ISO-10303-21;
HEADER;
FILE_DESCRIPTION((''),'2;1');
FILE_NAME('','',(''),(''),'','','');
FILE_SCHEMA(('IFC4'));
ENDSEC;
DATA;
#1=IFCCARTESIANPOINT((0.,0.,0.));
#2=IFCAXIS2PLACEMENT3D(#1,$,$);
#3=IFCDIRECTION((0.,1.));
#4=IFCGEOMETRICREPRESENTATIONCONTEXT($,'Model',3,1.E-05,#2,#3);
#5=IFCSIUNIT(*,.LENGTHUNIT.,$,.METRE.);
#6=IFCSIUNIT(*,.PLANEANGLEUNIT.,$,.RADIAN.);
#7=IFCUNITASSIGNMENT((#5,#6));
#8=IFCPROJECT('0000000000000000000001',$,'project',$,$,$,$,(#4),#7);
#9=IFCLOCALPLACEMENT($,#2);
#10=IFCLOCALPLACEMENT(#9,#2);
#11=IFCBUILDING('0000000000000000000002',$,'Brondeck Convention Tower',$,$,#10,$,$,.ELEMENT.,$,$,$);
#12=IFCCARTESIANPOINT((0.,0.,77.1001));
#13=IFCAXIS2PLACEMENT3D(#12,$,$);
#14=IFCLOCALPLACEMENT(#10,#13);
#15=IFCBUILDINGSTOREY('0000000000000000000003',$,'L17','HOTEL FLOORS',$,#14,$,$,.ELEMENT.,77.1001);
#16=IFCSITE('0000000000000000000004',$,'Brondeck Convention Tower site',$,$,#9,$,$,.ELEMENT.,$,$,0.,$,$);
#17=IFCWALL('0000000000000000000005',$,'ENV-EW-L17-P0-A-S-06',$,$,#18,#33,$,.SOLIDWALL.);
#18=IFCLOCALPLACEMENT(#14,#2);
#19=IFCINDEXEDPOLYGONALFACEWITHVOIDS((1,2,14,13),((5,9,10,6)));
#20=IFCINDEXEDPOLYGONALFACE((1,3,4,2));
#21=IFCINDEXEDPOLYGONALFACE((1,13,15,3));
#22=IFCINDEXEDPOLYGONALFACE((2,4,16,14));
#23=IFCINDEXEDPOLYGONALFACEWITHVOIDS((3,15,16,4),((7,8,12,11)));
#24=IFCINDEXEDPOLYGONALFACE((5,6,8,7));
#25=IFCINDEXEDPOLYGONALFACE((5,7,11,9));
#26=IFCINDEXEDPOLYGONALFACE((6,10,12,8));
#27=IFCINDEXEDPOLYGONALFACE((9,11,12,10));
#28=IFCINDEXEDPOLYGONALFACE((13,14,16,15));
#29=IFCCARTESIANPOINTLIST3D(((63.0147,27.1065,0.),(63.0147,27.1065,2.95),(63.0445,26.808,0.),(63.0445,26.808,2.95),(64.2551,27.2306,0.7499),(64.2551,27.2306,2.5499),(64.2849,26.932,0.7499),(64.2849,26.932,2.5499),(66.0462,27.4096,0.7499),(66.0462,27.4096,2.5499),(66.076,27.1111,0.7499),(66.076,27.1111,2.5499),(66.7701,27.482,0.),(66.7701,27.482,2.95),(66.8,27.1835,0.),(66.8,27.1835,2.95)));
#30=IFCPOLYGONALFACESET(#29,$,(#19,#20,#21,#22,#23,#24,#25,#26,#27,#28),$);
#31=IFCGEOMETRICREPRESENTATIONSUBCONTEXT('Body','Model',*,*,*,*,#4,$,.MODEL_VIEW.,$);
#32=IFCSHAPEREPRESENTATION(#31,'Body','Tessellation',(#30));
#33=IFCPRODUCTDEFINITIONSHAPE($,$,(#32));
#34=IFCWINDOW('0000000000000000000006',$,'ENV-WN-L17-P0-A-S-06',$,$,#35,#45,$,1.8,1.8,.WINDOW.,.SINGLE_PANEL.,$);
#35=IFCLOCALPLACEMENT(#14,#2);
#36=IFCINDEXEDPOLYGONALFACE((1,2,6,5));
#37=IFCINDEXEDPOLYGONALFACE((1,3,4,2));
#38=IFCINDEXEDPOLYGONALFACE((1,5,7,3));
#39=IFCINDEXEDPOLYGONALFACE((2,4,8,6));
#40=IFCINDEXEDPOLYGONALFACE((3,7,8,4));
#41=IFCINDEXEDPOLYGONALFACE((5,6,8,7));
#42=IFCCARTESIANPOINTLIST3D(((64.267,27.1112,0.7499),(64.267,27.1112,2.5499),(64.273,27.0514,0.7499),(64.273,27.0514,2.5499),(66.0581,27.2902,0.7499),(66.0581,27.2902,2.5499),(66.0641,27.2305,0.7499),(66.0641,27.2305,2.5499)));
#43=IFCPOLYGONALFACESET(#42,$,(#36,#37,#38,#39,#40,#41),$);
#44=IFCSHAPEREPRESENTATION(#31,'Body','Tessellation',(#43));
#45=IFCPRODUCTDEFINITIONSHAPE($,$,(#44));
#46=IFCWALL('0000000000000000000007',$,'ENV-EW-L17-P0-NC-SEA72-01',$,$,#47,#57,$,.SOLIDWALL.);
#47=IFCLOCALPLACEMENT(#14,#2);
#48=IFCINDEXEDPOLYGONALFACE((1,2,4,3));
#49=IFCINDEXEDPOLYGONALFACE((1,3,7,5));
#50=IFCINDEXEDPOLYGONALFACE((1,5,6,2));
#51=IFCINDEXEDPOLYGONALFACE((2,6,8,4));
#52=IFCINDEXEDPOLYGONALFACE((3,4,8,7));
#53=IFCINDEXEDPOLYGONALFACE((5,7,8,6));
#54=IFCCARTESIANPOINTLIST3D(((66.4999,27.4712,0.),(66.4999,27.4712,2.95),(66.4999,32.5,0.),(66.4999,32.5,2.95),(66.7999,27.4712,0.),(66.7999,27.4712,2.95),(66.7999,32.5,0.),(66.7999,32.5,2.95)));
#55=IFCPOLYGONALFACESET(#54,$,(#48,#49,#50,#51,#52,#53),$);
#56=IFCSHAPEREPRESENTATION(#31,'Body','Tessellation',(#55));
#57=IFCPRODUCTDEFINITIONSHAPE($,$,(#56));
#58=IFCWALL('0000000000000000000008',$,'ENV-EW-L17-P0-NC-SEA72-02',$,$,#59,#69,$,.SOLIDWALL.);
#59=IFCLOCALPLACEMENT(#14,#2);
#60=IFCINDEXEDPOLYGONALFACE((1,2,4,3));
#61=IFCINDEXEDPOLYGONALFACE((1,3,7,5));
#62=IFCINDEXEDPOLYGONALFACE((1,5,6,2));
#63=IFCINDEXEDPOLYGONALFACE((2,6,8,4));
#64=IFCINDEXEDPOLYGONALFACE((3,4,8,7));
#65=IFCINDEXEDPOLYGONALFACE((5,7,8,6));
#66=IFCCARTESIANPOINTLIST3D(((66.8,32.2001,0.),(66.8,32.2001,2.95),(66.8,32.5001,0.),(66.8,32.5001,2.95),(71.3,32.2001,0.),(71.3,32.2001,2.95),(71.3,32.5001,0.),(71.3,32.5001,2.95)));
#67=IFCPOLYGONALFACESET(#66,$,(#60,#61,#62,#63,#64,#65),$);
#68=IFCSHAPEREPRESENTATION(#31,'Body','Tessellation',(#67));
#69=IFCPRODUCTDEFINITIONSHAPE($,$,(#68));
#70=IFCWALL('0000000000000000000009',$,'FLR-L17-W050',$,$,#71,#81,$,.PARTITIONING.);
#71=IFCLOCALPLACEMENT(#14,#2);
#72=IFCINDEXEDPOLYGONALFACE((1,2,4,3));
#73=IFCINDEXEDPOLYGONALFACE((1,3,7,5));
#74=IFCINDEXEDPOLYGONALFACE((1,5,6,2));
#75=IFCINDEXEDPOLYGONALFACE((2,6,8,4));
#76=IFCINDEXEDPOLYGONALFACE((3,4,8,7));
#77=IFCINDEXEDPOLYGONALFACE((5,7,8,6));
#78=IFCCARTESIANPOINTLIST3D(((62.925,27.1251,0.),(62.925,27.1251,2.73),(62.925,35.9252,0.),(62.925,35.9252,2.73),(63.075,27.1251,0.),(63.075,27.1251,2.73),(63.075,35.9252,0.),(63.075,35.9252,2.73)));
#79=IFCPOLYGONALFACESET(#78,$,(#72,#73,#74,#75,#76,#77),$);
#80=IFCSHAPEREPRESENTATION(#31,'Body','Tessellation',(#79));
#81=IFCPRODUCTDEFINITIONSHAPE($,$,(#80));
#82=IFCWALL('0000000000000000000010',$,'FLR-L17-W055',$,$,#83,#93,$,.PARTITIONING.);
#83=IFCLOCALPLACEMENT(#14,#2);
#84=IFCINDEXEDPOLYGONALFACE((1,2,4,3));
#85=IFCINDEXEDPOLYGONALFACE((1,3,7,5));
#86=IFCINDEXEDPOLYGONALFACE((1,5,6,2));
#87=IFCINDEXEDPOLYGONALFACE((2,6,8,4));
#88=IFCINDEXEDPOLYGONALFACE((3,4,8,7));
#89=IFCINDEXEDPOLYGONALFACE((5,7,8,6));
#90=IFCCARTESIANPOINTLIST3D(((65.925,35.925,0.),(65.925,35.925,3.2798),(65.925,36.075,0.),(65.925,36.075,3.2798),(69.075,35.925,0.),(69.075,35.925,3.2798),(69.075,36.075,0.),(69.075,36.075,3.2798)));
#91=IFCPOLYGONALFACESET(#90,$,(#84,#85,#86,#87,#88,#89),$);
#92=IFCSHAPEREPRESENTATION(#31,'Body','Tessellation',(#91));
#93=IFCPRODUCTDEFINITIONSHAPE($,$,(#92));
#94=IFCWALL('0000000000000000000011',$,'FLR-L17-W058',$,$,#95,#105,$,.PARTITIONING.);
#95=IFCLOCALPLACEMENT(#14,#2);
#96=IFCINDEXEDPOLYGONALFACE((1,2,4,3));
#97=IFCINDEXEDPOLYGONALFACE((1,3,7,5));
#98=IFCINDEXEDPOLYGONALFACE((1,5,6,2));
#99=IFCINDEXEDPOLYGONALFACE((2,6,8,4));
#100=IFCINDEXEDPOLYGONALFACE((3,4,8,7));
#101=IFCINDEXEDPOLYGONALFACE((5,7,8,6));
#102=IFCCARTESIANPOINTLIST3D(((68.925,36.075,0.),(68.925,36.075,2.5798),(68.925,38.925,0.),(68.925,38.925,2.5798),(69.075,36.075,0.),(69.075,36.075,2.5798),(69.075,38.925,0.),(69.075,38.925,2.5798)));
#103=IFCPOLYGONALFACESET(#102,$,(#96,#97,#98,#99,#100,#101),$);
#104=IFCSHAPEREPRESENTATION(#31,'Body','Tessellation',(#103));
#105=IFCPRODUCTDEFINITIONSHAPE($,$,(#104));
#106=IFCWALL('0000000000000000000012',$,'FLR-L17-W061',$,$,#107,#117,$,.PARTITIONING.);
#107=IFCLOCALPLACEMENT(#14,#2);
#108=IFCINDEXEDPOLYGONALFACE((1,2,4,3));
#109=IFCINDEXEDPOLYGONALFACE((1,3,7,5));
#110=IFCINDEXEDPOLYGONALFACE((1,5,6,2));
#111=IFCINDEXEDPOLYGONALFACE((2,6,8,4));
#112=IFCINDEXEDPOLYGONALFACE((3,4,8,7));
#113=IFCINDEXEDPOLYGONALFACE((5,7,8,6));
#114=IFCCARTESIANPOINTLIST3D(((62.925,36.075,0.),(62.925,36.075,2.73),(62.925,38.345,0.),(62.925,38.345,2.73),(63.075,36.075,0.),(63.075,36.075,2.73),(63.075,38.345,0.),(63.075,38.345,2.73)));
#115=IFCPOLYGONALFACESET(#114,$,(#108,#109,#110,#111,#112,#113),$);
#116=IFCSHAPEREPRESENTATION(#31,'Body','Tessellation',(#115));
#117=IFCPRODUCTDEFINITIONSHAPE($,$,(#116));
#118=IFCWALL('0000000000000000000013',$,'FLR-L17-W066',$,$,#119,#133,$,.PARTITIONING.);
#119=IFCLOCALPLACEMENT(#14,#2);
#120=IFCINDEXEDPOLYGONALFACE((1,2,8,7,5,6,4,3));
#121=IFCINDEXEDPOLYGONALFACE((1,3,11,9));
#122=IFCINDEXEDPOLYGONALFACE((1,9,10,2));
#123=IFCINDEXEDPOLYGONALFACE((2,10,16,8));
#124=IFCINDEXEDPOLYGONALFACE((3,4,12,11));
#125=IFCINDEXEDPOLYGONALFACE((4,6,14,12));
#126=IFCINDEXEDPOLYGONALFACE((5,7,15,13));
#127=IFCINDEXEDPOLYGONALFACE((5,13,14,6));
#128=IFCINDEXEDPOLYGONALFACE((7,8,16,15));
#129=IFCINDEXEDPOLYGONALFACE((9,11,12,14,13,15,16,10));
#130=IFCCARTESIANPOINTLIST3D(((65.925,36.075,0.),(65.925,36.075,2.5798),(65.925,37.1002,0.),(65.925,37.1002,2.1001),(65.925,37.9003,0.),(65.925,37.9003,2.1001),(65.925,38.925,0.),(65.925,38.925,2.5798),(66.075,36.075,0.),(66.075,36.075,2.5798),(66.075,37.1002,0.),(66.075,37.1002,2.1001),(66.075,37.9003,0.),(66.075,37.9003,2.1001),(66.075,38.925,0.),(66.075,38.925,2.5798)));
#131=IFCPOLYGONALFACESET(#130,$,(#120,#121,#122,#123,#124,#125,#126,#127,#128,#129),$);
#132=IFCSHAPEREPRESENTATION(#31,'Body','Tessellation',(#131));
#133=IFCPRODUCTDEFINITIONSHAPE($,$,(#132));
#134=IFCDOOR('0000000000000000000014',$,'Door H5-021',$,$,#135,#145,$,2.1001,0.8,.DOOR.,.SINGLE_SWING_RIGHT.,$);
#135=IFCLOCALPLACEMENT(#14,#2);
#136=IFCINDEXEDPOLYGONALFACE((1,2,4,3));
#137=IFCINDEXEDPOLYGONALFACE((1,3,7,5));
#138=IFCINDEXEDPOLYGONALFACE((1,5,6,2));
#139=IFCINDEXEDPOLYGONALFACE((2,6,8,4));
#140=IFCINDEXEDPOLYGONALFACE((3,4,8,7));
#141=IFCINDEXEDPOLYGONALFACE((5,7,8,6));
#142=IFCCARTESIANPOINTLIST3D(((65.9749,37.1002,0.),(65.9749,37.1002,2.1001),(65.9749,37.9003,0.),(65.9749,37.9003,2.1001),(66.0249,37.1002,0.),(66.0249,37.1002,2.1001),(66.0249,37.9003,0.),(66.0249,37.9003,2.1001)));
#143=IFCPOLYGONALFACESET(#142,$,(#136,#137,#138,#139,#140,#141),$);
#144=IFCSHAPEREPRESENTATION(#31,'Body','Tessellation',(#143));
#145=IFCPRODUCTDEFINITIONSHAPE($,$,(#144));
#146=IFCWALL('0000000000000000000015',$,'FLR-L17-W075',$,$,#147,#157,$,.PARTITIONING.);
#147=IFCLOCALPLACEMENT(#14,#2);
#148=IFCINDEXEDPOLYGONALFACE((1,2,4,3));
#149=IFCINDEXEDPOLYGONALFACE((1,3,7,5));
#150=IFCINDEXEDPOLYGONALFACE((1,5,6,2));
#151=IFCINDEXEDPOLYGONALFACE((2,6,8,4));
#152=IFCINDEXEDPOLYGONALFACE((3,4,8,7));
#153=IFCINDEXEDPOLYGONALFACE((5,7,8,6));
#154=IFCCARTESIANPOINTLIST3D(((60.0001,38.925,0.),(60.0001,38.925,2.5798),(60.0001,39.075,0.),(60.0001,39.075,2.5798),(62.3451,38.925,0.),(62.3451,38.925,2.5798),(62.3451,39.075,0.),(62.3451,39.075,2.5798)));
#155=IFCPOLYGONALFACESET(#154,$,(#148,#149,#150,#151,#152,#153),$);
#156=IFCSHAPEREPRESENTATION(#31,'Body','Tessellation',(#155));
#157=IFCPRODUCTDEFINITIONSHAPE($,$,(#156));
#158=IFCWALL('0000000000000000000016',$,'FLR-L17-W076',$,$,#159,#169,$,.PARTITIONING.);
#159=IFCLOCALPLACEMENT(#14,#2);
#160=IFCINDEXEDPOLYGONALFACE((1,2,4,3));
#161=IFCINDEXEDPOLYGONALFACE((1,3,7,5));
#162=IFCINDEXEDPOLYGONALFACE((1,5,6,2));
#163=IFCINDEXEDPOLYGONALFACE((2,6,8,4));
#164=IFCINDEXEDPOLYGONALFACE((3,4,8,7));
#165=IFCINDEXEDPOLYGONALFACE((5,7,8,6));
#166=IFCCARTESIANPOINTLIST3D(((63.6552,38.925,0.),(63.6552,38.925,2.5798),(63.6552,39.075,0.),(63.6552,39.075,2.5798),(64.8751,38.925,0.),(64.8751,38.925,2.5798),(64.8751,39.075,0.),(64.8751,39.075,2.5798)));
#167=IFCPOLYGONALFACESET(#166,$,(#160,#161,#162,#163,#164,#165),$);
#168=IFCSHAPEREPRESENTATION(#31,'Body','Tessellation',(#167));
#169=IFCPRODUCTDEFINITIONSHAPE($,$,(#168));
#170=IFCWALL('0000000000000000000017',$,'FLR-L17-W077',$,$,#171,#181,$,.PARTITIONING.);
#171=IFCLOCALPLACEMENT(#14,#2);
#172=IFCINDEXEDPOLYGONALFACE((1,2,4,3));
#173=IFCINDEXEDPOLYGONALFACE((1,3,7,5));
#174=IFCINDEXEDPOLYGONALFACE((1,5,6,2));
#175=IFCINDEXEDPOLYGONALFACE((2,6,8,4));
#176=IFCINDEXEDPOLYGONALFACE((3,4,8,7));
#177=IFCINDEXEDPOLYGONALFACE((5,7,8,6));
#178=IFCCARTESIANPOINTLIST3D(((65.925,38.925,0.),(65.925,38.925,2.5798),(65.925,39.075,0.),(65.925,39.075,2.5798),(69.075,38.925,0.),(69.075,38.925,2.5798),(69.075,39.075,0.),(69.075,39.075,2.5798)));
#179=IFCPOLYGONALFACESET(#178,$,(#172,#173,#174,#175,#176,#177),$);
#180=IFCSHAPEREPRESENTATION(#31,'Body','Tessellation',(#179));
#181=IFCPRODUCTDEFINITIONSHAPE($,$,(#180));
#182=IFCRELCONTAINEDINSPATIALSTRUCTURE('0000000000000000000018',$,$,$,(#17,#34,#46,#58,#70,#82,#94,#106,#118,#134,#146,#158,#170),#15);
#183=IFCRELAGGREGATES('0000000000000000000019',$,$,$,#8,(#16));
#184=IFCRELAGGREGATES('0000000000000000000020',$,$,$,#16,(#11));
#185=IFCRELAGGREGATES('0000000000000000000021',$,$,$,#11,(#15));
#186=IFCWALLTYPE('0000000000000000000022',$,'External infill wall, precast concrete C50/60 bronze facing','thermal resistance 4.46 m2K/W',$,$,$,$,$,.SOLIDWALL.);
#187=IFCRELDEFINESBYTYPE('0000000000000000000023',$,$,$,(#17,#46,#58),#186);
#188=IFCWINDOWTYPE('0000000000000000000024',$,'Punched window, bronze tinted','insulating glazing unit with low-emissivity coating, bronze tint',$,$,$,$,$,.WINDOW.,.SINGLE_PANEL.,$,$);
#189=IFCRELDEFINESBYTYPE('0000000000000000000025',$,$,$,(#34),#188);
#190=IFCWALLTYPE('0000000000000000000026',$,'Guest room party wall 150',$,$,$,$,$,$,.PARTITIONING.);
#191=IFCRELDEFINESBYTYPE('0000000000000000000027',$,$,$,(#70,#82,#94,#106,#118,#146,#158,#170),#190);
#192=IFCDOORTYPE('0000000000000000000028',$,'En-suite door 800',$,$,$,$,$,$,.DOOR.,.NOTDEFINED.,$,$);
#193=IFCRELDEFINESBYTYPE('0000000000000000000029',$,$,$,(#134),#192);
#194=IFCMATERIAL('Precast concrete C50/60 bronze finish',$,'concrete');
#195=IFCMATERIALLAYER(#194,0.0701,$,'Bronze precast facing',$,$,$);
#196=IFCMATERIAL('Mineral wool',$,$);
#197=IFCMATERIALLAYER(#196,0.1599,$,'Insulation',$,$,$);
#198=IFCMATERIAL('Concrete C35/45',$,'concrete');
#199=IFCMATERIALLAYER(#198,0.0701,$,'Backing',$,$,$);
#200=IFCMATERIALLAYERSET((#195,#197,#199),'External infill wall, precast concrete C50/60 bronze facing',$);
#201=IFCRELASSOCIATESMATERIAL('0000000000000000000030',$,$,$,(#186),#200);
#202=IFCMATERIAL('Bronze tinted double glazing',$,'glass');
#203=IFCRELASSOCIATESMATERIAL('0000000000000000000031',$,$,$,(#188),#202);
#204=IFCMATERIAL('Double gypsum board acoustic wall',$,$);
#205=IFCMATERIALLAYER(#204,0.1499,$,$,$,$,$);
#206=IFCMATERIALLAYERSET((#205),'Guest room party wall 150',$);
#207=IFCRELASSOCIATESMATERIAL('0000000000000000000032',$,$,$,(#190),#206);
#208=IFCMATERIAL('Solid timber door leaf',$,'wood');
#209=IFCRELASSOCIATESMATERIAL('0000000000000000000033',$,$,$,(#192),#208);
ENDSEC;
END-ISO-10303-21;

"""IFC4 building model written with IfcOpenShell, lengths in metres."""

from ifc_helpers import new_model, si_unit, direction, frame, frame_2d, origin, place, context, subcontext, project, spatial, rectangle, extrude, material, layer, layer_set, type_object, element, fill, save


model = new_model("IFC4")

# Units and contexts
model_context = context("Model", 3, precision=1e-05, world=origin(), true_north=direction((0.0, 1.0)))
body_context = subcontext(model_context, "Body", "Model", "MODEL_VIEW")
ifc_project = project(units=[si_unit("LENGTHUNIT", "METRE"), si_unit("PLANEANGLEUNIT", "RADIAN")], contexts=[model_context])

# Site, building, storey
site_placement = place(None, origin())
site = spatial("IfcSite", under=ifc_project, at=site_placement, Name="Brondeck Convention Tower site", CompositionType="ELEMENT", RefElevation=0.0)
building_placement = place(site_placement, origin())
building = spatial("IfcBuilding", under=site, at=building_placement, Name="Brondeck Convention Tower", CompositionType="ELEMENT")
storey_placement = place(building_placement, frame((0.0, 0.0, 77.1001)))
storey = spatial("IfcBuildingStorey", under=building, at=storey_placement, Name="L17", Description="HOTEL FLOORS", CompositionType="ELEMENT", Elevation=77.1001)

# Shared definitions
ifc_material_1 = material(Name="Precast concrete C50/60 bronze finish", Category="concrete")
ifc_layer_1 = layer(ifc_material_1, 0.0701, Name="Bronze precast facing")
ifc_material_2 = material(Name="Mineral wool")
ifc_layer_2 = layer(ifc_material_2, 0.1599, Name="Insulation")
ifc_material_3 = material(Name="Concrete C35/45", Category="concrete")
ifc_layer_3 = layer(ifc_material_3, 0.0701, Name="Backing")
ifc_layer_set_1 = layer_set([ifc_layer_1, ifc_layer_2, ifc_layer_3], Name="External infill wall, precast concrete C50/60 bronze facing")
wall_type_1 = type_object("IfcWallType", Name="External infill wall, precast concrete C50/60 bronze facing", Description="thermal resistance 4.46 m2K/W", PredefinedType="SOLIDWALL", material=ifc_layer_set_1)
ifc_material_4 = material(Name="Bronze tinted double glazing", Category="glass")
window_type_1 = type_object("IfcWindowType", Name="Punched window, bronze tinted", Description="insulating glazing unit with low-emissivity coating, bronze tint", PartitioningType="SINGLE_PANEL", PredefinedType="WINDOW", material=ifc_material_4)

# Wall, opening, window
wall_1_placement = place(storey_placement, frame((66.7852, 27.3328, 0.0), z_axis=(0.0, 0.0, 1.0), x_axis=(-0.995038, -0.099491, 0.0)))
wall_1 = element("IfcWall", 1, at=wall_1_placement, inside=storey, type_object=wall_type_1, Name="ENV-EW-L17-P0-A-S-06", PredefinedType="SOLIDWALL", context=body_context, shape_type="SweptSolid", body=[
    extrude(rectangle(XDim=3.7742, YDim=0.3, at=frame_2d((1.8872, 0.0))), origin(), (0.0, 0.0, 1.0), 2.95),
])
opening_1_placement = place(wall_1_placement, frame((0.7278, 0.0, 0.75)))
opening_1 = element("IfcOpeningElement", 2, at=opening_1_placement, cuts=wall_1, PredefinedType="OPENING", context=body_context, shape_type="SweptSolid", body=[
    extrude(rectangle(XDim=1.8, YDim=1.8, at=frame_2d((0.8999, 0.8999))), frame((0.0, 0.1599, 0.0), z_axis=(0.0, -1.0, 0.0), x_axis=(1.0, 0.0, 0.0)), (0.0, 0.0, 1.0), 0.3201),
])
window_1_placement = place(opening_1_placement, origin())
window_1 = element("IfcWindow", 3, at=window_1_placement, inside=storey, type_object=window_type_1, Name="ENV-WN-L17-P0-A-S-06", OverallHeight=1.8, OverallWidth=1.8, PartitioningType="SINGLE_PANEL", PredefinedType="WINDOW", context=body_context, shape_type="SweptSolid", body=[
    extrude(rectangle(XDim=1.8, YDim=1.8, at=frame_2d((0.8999, 0.8999))), frame((0.0, 0.03, 0.0), z_axis=(0.0, -1.0, 0.0), x_axis=(1.0, 0.0, 0.0)), (0.0, 0.0, 1.0), 0.0601),
])
fill(opening_1, window_1)

# Walls
wall_2_placement = place(storey_placement, frame((66.6499, 32.5, 0.0), z_axis=(0.0, 0.0, 1.0), x_axis=(0.0, -1.0, 0.0)))
element("IfcWall", 4, at=wall_2_placement, inside=storey, type_object=wall_type_1, Name="ENV-EW-L17-P0-NC-SEA72-01", PredefinedType="SOLIDWALL", context=body_context, shape_type="SweptSolid", body=[
    extrude(rectangle(XDim=5.0288, YDim=0.3, at=frame_2d((2.5144, 0.0))), origin(), (0.0, 0.0, 1.0), 2.95),
])
wall_3_placement = place(storey_placement, frame((71.3, 32.3501, 0.0), z_axis=(0.0, 0.0, 1.0), x_axis=(-1.0, 0.0, 0.0)))
element("IfcWall", 5, at=wall_3_placement, inside=storey, type_object=wall_type_1, Name="ENV-EW-L17-P0-NC-SEA72-02", PredefinedType="SOLIDWALL", context=body_context, shape_type="SweptSolid", body=[
    extrude(rectangle(XDim=4.5, YDim=0.3, at=frame_2d((2.25, 0.0))), origin(), (0.0, 0.0, 1.0), 2.95),
])
ifc_material_5 = material(Name="Double gypsum board acoustic wall")
ifc_layer_4 = layer(ifc_material_5, 0.1499)
ifc_layer_set_2 = layer_set([ifc_layer_4], Name="Guest room party wall 150")
wall_type_2 = type_object("IfcWallType", Name="Guest room party wall 150", PredefinedType="PARTITIONING", material=ifc_layer_set_2)
wall_4_placement = place(storey_placement, frame((63.0, 35.925, 0.0), z_axis=(0.0, 0.0, 1.0), x_axis=(0.0, -1.0, 0.0)))
element("IfcWall", 6, at=wall_4_placement, inside=storey, type_object=wall_type_2, Name="FLR-L17-W050", PredefinedType="PARTITIONING", context=body_context, shape_type="SweptSolid", body=[
    extrude(rectangle(XDim=8.8, YDim=0.1499, at=frame_2d((4.3999, 0.0))), origin(), (0.0, 0.0, 1.0), 2.73),
])
wall_5_placement = place(storey_placement, frame((65.925, 36.0, 0.0), z_axis=(0.0, 0.0, 1.0), x_axis=(1.0, 0.0, 0.0)))
element("IfcWall", 7, at=wall_5_placement, inside=storey, type_object=wall_type_2, Name="FLR-L17-W055", PredefinedType="PARTITIONING", context=body_context, shape_type="SweptSolid", body=[
    extrude(rectangle(XDim=3.1499, YDim=0.1499, at=frame_2d((1.575, 0.0))), origin(), (0.0, 0.0, 1.0), 3.2798),
])
wall_6_placement = place(storey_placement, frame((69.0, 36.075, 0.0), z_axis=(0.0, 0.0, 1.0), x_axis=(0.0, 1.0, 0.0)))
element("IfcWall", 8, at=wall_6_placement, inside=storey, type_object=wall_type_2, Name="FLR-L17-W058", PredefinedType="PARTITIONING", context=body_context, shape_type="SweptSolid", body=[
    extrude(rectangle(XDim=2.8501, YDim=0.1499, at=frame_2d((1.425, 0.0))), origin(), (0.0, 0.0, 1.0), 2.5798),
])
wall_7_placement = place(storey_placement, frame((63.0, 38.345, 0.0), z_axis=(0.0, 0.0, 1.0), x_axis=(0.0, -1.0, 0.0)))
element("IfcWall", 9, at=wall_7_placement, inside=storey, type_object=wall_type_2, Name="FLR-L17-W061", PredefinedType="PARTITIONING", context=body_context, shape_type="SweptSolid", body=[
    extrude(rectangle(XDim=2.27, YDim=0.1499, at=frame_2d((1.135, 0.0))), origin(), (0.0, 0.0, 1.0), 2.73),
])

# Wall, opening, door
wall_8_placement = place(storey_placement, frame((66.0, 38.925, 0.0), z_axis=(0.0, 0.0, 1.0), x_axis=(0.0, -1.0, 0.0)))
wall_8 = element("IfcWall", 10, at=wall_8_placement, inside=storey, type_object=wall_type_2, Name="FLR-L17-W066", PredefinedType="PARTITIONING", context=body_context, shape_type="SweptSolid", body=[
    extrude(rectangle(XDim=2.8501, YDim=0.1499, at=frame_2d((1.425, 0.0))), origin(), (0.0, 0.0, 1.0), 2.5798),
])
opening_2_placement = place(wall_8_placement, frame((1.0249, 0.0, 0.0)))
opening_2 = element("IfcOpeningElement", 11, at=opening_2_placement, cuts=wall_8, PredefinedType="OPENING", context=body_context, shape_type="SweptSolid", body=[
    extrude(rectangle(XDim=0.8, YDim=2.1001, at=frame_2d((0.3999, 1.05))), frame((0.0, 0.085, 0.0), z_axis=(0.0, -1.0, 0.0), x_axis=(1.0, 0.0, 0.0)), (0.0, 0.0, 1.0), 0.1699),
])
ifc_material_6 = material(Name="Solid timber door leaf", Category="wood")
door_type = type_object("IfcDoorType", Name="En-suite door 800", OperationType="NOTDEFINED", PredefinedType="DOOR", material=ifc_material_6)
door_placement = place(opening_2_placement, origin())
door = element("IfcDoor", 12, at=door_placement, inside=storey, type_object=door_type, Name="Door H5-021", OperationType="SINGLE_SWING_RIGHT", OverallHeight=2.1001, OverallWidth=0.8, PredefinedType="DOOR", context=body_context, shape_type="SweptSolid", body=[
    extrude(rectangle(XDim=0.8, YDim=2.1001, at=frame_2d((0.3999, 1.05))), frame((0.0, 0.0249, 0.0), z_axis=(0.0, -1.0, 0.0), x_axis=(1.0, 0.0, 0.0)), (0.0, 0.0, 1.0), 0.05),
])
fill(opening_2, door)

# Walls
wall_9_placement = place(storey_placement, frame((62.345, 39.0, 0.0), z_axis=(0.0, 0.0, 1.0), x_axis=(-1.0, 0.0, 0.0)))
element("IfcWall", 13, at=wall_9_placement, inside=storey, type_object=wall_type_2, Name="FLR-L17-W075", PredefinedType="PARTITIONING", context=body_context, shape_type="SweptSolid", body=[
    extrude(rectangle(XDim=2.345, YDim=0.1499, at=frame_2d((1.1724, 0.0))), origin(), (0.0, 0.0, 1.0), 2.5798),
])
wall_10_placement = place(storey_placement, frame((64.875, 39.0, 0.0), z_axis=(0.0, 0.0, 1.0), x_axis=(-1.0, 0.0, 0.0)))
element("IfcWall", 14, at=wall_10_placement, inside=storey, type_object=wall_type_2, Name="FLR-L17-W076", PredefinedType="PARTITIONING", context=body_context, shape_type="SweptSolid", body=[
    extrude(rectangle(XDim=1.22, YDim=0.1499, at=frame_2d((0.6099, 0.0))), origin(), (0.0, 0.0, 1.0), 2.5798),
])
wall_11_placement = place(storey_placement, frame((69.075, 39.0, 0.0), z_axis=(0.0, 0.0, 1.0), x_axis=(-1.0, 0.0, 0.0)))
element("IfcWall", 15, at=wall_11_placement, inside=storey, type_object=wall_type_2, Name="FLR-L17-W077", PredefinedType="PARTITIONING", context=body_context, shape_type="SweptSolid", body=[
    extrude(rectangle(XDim=3.1499, YDim=0.1499, at=frame_2d((1.575, 0.0))), origin(), (0.0, 0.0, 1.0), 2.5798),
])

save(model, "model.ifc")
